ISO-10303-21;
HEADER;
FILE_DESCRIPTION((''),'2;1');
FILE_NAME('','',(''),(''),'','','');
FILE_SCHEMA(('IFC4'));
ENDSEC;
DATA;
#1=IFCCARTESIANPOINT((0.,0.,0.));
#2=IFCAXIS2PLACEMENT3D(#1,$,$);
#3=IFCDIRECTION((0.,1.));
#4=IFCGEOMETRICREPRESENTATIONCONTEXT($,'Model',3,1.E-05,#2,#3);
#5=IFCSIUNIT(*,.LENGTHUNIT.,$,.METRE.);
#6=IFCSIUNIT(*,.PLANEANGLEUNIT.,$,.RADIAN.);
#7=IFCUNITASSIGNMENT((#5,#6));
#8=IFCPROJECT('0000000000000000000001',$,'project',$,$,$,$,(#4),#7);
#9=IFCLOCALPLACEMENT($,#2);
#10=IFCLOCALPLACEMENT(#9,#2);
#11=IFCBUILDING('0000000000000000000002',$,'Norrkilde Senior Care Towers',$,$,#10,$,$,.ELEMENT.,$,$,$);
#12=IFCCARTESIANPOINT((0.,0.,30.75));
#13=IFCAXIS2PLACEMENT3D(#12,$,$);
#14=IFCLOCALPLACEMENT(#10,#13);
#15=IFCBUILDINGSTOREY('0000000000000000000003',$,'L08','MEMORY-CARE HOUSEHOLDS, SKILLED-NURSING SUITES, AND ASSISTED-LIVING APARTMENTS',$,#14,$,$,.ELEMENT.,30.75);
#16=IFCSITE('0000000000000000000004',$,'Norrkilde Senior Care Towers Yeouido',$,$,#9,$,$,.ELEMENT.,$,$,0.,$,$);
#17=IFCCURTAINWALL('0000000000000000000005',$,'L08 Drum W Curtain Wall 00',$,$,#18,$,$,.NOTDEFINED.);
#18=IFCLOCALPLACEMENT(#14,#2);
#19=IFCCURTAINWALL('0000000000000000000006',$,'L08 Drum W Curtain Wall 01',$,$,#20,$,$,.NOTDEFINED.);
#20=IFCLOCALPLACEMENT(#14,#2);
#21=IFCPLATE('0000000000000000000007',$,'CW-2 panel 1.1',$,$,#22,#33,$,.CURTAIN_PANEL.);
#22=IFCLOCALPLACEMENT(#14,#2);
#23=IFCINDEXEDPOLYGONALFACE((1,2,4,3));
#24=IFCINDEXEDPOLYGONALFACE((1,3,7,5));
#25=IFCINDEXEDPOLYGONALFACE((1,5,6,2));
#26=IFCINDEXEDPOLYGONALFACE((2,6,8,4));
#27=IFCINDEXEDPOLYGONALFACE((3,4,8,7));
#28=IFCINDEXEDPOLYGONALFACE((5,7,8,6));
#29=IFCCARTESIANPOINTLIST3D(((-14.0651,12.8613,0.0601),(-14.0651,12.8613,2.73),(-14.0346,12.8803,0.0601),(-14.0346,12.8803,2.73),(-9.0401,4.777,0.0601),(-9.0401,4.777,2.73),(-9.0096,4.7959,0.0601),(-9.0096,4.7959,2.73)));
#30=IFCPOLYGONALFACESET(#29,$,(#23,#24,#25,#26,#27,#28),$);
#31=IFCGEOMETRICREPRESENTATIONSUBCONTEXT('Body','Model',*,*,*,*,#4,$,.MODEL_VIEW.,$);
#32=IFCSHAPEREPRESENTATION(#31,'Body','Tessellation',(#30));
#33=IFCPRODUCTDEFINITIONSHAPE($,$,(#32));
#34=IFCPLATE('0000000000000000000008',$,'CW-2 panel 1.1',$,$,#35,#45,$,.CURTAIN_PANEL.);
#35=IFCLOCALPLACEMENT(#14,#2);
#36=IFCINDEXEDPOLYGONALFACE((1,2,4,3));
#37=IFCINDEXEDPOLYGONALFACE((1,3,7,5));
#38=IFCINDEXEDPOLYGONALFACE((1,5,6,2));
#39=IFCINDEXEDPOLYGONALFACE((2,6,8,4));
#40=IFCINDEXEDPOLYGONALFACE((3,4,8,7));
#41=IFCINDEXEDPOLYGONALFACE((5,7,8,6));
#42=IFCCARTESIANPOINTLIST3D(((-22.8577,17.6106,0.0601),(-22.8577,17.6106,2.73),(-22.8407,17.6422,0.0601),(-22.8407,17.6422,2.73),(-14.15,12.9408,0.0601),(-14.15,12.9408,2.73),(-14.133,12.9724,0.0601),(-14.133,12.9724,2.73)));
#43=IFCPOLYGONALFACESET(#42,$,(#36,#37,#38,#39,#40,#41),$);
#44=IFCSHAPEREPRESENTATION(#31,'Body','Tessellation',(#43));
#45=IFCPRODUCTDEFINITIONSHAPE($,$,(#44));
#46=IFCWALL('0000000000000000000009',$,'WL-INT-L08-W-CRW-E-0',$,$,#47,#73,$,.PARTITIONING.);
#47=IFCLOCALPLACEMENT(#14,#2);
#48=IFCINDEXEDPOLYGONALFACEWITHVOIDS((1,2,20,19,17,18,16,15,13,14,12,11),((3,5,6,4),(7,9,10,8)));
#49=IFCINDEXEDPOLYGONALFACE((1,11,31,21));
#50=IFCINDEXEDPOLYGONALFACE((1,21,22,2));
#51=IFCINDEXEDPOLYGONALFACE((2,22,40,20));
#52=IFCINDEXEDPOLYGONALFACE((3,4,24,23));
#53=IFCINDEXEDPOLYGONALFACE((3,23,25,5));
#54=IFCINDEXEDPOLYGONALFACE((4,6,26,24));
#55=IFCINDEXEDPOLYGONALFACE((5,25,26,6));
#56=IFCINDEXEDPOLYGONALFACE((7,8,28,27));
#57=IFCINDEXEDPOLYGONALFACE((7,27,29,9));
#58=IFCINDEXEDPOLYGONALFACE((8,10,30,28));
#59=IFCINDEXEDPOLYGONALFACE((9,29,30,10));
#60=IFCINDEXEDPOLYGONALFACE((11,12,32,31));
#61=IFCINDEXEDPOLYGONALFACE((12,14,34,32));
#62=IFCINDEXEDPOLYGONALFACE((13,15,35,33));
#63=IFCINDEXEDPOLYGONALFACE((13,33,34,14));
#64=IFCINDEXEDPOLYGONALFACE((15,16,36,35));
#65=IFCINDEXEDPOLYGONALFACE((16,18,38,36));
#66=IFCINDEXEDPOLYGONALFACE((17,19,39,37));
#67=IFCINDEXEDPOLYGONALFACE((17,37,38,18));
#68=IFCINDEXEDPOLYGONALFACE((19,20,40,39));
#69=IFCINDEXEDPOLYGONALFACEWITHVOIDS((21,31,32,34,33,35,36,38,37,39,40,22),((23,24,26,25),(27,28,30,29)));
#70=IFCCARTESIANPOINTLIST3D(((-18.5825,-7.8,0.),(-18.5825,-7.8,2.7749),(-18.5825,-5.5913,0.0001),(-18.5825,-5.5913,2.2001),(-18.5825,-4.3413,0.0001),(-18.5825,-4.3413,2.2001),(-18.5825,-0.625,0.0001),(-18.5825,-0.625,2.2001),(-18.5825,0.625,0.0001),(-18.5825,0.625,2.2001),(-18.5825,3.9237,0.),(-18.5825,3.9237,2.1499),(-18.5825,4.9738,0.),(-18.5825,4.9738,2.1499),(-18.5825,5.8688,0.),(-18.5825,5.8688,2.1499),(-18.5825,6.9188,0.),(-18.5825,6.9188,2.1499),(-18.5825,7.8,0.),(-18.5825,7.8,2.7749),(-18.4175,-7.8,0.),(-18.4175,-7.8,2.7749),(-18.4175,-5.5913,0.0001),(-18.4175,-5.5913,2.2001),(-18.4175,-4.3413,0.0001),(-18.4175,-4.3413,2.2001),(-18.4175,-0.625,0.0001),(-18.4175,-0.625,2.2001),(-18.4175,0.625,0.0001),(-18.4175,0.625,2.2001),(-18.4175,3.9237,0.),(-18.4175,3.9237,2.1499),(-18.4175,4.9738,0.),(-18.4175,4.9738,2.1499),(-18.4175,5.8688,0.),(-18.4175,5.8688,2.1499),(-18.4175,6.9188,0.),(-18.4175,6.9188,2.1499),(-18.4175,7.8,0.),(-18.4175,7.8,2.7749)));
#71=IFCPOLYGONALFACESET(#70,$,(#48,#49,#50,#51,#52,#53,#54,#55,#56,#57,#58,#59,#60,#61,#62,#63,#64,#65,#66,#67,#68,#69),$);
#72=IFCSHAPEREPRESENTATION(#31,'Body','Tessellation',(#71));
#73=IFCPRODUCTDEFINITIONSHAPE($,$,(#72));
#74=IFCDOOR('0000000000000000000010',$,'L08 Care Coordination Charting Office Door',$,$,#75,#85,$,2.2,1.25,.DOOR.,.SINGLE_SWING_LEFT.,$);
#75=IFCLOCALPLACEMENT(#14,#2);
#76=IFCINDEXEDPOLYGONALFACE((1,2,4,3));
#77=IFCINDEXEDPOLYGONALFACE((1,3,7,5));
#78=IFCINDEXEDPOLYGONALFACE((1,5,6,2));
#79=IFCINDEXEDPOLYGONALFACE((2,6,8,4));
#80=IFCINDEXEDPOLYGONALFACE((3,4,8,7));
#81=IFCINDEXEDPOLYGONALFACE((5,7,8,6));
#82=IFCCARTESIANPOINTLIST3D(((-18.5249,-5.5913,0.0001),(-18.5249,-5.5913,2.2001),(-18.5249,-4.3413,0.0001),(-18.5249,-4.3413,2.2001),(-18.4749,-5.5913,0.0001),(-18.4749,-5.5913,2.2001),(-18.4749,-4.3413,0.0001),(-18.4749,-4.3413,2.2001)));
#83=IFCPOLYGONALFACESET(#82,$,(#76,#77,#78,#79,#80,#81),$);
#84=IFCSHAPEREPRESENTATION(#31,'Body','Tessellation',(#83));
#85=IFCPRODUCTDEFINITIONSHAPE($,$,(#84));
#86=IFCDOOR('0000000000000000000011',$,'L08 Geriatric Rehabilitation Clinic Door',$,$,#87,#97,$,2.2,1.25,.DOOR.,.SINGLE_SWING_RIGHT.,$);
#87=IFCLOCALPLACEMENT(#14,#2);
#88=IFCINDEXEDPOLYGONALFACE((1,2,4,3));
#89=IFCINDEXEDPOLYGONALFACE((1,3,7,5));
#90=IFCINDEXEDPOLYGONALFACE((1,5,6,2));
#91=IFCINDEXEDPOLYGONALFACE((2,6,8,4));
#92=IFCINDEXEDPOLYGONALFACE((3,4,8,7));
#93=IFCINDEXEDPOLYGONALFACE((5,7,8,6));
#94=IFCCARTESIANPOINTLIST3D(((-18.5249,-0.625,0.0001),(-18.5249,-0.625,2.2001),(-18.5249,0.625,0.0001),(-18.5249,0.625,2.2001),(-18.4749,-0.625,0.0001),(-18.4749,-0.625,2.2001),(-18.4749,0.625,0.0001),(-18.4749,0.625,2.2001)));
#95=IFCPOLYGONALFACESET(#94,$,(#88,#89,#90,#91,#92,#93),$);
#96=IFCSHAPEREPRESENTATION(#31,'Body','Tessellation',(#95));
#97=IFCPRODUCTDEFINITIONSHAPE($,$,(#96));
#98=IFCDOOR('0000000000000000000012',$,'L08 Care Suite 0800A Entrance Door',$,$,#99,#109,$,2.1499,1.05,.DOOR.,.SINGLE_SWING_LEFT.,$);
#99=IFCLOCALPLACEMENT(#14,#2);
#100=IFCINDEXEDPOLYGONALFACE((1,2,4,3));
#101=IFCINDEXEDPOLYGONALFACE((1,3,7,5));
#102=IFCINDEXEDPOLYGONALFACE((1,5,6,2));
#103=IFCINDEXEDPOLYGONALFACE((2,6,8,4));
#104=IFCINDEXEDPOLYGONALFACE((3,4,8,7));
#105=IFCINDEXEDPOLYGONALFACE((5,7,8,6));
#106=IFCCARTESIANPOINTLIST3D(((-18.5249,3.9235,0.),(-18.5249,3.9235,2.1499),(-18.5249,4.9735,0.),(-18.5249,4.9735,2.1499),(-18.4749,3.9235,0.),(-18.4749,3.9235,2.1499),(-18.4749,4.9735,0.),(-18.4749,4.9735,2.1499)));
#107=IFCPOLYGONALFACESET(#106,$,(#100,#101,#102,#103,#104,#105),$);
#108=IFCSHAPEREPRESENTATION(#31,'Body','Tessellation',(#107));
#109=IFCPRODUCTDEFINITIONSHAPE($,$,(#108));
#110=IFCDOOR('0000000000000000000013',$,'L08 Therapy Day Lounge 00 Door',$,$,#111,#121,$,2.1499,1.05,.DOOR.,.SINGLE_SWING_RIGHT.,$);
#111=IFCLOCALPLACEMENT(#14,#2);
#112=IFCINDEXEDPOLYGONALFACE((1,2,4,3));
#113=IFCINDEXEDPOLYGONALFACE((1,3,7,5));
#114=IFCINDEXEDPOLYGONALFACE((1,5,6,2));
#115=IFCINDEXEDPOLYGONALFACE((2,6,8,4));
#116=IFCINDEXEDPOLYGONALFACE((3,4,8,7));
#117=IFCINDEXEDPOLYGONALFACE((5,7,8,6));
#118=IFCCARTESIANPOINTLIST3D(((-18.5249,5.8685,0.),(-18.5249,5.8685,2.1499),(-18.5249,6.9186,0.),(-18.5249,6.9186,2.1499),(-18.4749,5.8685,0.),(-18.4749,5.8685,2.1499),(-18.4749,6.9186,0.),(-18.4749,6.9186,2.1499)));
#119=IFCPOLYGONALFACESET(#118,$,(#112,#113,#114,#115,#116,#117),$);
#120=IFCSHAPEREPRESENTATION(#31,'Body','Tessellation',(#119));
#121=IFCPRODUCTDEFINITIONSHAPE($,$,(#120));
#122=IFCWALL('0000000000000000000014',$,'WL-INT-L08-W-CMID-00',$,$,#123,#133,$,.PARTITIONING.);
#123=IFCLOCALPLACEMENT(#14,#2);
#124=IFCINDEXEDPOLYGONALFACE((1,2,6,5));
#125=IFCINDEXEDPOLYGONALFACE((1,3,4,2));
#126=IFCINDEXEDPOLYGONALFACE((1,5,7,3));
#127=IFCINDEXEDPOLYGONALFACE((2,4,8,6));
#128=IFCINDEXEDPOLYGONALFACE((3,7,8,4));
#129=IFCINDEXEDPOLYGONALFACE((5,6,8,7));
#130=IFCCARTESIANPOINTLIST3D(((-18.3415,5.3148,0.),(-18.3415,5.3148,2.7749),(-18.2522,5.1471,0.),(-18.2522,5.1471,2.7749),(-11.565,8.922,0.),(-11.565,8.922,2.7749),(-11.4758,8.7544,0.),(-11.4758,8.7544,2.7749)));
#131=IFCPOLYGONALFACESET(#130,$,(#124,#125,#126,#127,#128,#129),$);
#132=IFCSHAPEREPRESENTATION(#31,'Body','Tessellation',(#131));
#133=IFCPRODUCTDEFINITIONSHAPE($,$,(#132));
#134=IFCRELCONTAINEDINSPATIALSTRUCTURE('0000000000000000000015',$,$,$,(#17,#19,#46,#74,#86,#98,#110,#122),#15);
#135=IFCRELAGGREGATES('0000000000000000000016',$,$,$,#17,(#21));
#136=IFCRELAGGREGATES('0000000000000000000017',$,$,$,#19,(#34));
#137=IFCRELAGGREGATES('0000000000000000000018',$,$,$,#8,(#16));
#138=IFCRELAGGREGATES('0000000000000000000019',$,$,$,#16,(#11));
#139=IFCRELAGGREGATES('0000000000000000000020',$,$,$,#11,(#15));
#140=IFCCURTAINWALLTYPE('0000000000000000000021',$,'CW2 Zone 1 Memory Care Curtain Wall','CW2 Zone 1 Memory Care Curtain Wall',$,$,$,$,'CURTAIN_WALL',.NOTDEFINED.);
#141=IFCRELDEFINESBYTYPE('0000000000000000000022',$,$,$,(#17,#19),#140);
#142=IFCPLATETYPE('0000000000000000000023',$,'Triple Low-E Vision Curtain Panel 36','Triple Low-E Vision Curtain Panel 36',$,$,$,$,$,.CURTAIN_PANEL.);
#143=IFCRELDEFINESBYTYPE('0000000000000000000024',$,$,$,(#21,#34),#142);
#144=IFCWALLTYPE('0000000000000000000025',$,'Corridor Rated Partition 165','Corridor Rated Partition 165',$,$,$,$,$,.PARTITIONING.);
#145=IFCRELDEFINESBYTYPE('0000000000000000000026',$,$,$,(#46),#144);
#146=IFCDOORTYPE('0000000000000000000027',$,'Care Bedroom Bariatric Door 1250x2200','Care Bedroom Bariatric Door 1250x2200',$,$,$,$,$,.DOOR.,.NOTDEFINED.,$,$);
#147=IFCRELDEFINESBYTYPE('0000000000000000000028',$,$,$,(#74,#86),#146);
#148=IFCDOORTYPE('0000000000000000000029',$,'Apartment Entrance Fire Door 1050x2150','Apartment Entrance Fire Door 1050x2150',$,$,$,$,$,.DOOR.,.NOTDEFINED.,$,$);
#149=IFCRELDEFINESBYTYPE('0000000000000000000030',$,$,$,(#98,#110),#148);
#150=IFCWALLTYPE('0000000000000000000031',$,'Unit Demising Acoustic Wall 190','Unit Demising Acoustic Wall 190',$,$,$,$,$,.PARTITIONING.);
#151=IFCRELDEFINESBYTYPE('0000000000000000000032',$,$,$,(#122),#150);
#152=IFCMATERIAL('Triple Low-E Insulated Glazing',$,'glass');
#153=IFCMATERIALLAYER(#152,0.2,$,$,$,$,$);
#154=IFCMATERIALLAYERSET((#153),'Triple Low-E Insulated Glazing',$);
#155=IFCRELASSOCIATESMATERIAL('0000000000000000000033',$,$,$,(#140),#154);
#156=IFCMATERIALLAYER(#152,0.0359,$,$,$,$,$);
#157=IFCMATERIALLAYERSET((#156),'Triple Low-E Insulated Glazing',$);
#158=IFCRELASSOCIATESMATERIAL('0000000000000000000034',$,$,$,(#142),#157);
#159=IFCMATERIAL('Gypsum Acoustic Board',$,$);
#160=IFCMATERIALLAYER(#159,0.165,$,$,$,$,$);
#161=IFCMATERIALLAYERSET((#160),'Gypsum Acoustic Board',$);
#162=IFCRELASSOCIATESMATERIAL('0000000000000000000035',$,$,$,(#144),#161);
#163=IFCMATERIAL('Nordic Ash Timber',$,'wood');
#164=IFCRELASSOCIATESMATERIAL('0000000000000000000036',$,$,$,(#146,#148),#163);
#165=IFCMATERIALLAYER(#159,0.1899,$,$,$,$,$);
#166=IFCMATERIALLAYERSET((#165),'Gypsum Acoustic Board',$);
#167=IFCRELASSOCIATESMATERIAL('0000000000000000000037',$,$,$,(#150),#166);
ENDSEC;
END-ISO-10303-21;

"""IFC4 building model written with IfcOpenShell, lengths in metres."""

from ifc_helpers import new_model, si_unit, direction, frame, frame_2d, origin, origin_2d, place, context, subcontext, project, spatial, rectangle, extrude, source, transform, mapped, material, layer, layer_set, type_object, type_shapes, element, fill, aggregate, save


model = new_model("IFC4")

# Units and contexts
model_context = context("Model", 3, precision=1e-05, world=origin(), true_north=direction((0.0, 1.0)))
body_context = subcontext(model_context, "Body", "Model", "MODEL_VIEW")
ifc_project = project(units=[si_unit("LENGTHUNIT", "METRE"), si_unit("PLANEANGLEUNIT", "RADIAN")], contexts=[model_context])

# Site, building, storey
site_placement = place(None, origin())
site = spatial("IfcSite", under=ifc_project, at=site_placement, Name="Norrkilde Senior Care Towers Yeouido", CompositionType="ELEMENT", RefElevation=0.0)
building_placement = place(site_placement, origin())
building = spatial("IfcBuilding", under=site, at=building_placement, Name="Norrkilde Senior Care Towers", CompositionType="ELEMENT")
storey_placement = place(building_placement, frame((0.0, 0.0, 30.75)))
storey = spatial("IfcBuildingStorey", under=building, at=storey_placement, Name="L08", Description="MEMORY-CARE HOUSEHOLDS, SKILLED-NURSING SUITES, AND ASSISTED-LIVING APARTMENTS", CompositionType="ELEMENT", Elevation=30.75)

# Curtain wall
ifc_material_1 = material(Name="Triple Low-E Insulated Glazing", Category="glass")
ifc_layer_1 = layer(ifc_material_1, 0.2)
ifc_layer_set_1 = layer_set([ifc_layer_1], Name="Triple Low-E Insulated Glazing")
curtain_wall_type = type_object("IfcCurtainWallType", Name="CW2 Zone 1 Memory Care Curtain Wall", Description="CW2 Zone 1 Memory Care Curtain Wall", ElementType="CURTAIN_WALL", PredefinedType="NOTDEFINED", material=ifc_layer_set_1)
curtain_wall_1_placement = place(storey_placement, origin())
curtain_wall_1 = element("IfcCurtainWall", 1, at=curtain_wall_1_placement, inside=storey, type_object=curtain_wall_type, Name="L08 Drum W Curtain Wall 00", PredefinedType="NOTDEFINED")

# Curtain wall
curtain_wall_2_placement = place(storey_placement, origin())
curtain_wall_2 = element("IfcCurtainWall", 2, at=curtain_wall_2_placement, inside=storey, type_object=curtain_wall_type, Name="L08 Drum W Curtain Wall 01", PredefinedType="NOTDEFINED")

# Plates
ifc_layer_2 = layer(ifc_material_1, 0.0359)
ifc_layer_set_2 = layer_set([ifc_layer_2], Name="Triple Low-E Insulated Glazing")
plate_type = type_object("IfcPlateType", Name="Triple Low-E Vision Curtain Panel 36", Description="Triple Low-E Vision Curtain Panel 36", PredefinedType="CURTAIN_PANEL", material=ifc_layer_set_2)
shared_shape_1 = source(origin(), body_context, "Body", "SweptSolid", [
    extrude(rectangle(XDim=9.5188, YDim=0.0359, at=origin_2d()), origin(), (0.0, 0.0, 1.0), 2.6699),
])
plate_1_placement = place(storey_placement, frame((-11.5374, 8.8286, 0.0601), z_axis=(0.0, 0.0, 1.0), x_axis=(0.527901, -0.849306, 0.0)))
plate_1 = element("IfcPlate", 3, at=plate_1_placement, type_object=plate_type, Name="CW-2 panel 1.1", PredefinedType="CURTAIN_PANEL", context=body_context, shape_type="MappedRepresentation", body=[
    mapped(shared_shape_1, transform((0.0, 0.0, 0.0), x_axis=(1.0, 0.0, 0.0), y_axis=(0.0, 1.0, 0.0), z_axis=(0.0, 0.0, 1.0), scale=1.0)),
])
aggregate(curtain_wall_1, [plate_1])
shared_shape_2 = source(origin(), body_context, "Body", "SweptSolid", [
    extrude(rectangle(XDim=9.8809, YDim=0.0359, at=origin_2d()), origin(), (0.0, 0.0, 1.0), 2.6699),
])
type_shapes(plate_type, [shared_shape_1, shared_shape_2])
plate_2_placement = place(storey_placement, frame((-18.4954, 15.2915, 0.0601), z_axis=(0.0, 0.0, 1.0), x_axis=(0.881273, -0.472608, 0.0)))
plate_2 = element("IfcPlate", 4, at=plate_2_placement, type_object=plate_type, Name="CW-2 panel 1.1", PredefinedType="CURTAIN_PANEL", context=body_context, shape_type="MappedRepresentation", body=[
    mapped(shared_shape_2, transform((0.0, 0.0, 0.0), x_axis=(1.0, 0.0, 0.0), y_axis=(0.0, 1.0, 0.0), z_axis=(0.0, 0.0, 1.0), scale=1.0)),
])
aggregate(curtain_wall_2, [plate_2])

# Wall, openings, doors
ifc_material_2 = material(Name="Gypsum Acoustic Board")
ifc_layer_3 = layer(ifc_material_2, 0.165)
ifc_layer_set_3 = layer_set([ifc_layer_3], Name="Gypsum Acoustic Board")
wall_type_1 = type_object("IfcWallType", Name="Corridor Rated Partition 165", Description="Corridor Rated Partition 165", PredefinedType="PARTITIONING", material=ifc_layer_set_3)
shared_shape_3 = source(origin(), body_context, "Body", "SweptSolid", [
    extrude(rectangle(XDim=15.6001, YDim=0.165, at=frame_2d((7.8, 0.0))), origin(), (0.0, 0.0, 1.0), 2.7749),
])
type_shapes(wall_type_1, [shared_shape_3])
wall_1_placement = place(storey_placement, frame((-18.5, 7.8, 0.0), z_axis=(0.0, 0.0, 1.0), x_axis=(0.0, -1.0, 0.0)))
wall_1 = element("IfcWall", 5, at=wall_1_placement, inside=storey, type_object=wall_type_1, Name="WL-INT-L08-W-CRW-E-0", PredefinedType="PARTITIONING", context=body_context, shape_type="MappedRepresentation", body=[
    mapped(shared_shape_3, transform((0.0, 0.0, 0.0), x_axis=(1.0, 0.0, 0.0), y_axis=(0.0, 1.0, 0.0), z_axis=(0.0, 0.0, 1.0), scale=1.0)),
])
opening_1_placement = place(wall_1_placement, frame((12.1414, 0.0, 0.0)))
opening_1 = element("IfcOpeningElement", 6, at=opening_1_placement, cuts=wall_1, PredefinedType="OPENING", context=body_context, shape_type="SweptSolid", body=[
    extrude(rectangle(XDim=1.25, YDim=2.2, at=frame_2d((0.625, 1.1001))), frame((0.0, 0.0925, 0.0), z_axis=(0.0, -1.0, 0.0), x_axis=(1.0, 0.0, 0.0)), (0.0, 0.0, 1.0), 0.1851),
])
opening_2_placement = place(wall_1_placement, frame((7.175, 0.0, 0.0)))
opening_2 = element("IfcOpeningElement", 7, at=opening_2_placement, cuts=wall_1, PredefinedType="OPENING", context=body_context, shape_type="SweptSolid", body=[
    extrude(rectangle(XDim=1.25, YDim=2.2, at=frame_2d((0.625, 1.1001))), frame((0.0, 0.0925, 0.0), z_axis=(0.0, -1.0, 0.0), x_axis=(1.0, 0.0, 0.0)), (0.0, 0.0, 1.0), 0.1851),
])
opening_3_placement = place(wall_1_placement, frame((2.8264, 0.0, 0.0)))
opening_3 = element("IfcOpeningElement", 8, at=opening_3_placement, cuts=wall_1, PredefinedType="OPENING", context=body_context, shape_type="SweptSolid", body=[
    extrude(rectangle(XDim=1.05, YDim=2.1499, at=frame_2d((0.5249, 1.075))), frame((0.0, 0.0925, 0.0), z_axis=(0.0, -1.0, 0.0), x_axis=(1.0, 0.0, 0.0)), (0.0, 0.0, 1.0), 0.1851),
])
opening_4_placement = place(wall_1_placement, frame((0.8813, 0.0, 0.0)))
opening_4 = element("IfcOpeningElement", 9, at=opening_4_placement, cuts=wall_1, PredefinedType="OPENING", context=body_context, shape_type="SweptSolid", body=[
    extrude(rectangle(XDim=1.05, YDim=2.1499, at=frame_2d((0.5249, 1.075))), frame((0.0, 0.0925, 0.0), z_axis=(0.0, -1.0, 0.0), x_axis=(1.0, 0.0, 0.0)), (0.0, 0.0, 1.0), 0.1851),
])
ifc_material_3 = material(Name="Nordic Ash Timber", Category="wood")
door_type_1 = type_object("IfcDoorType", Name="Care Bedroom Bariatric Door 1250x2200", Description="Care Bedroom Bariatric Door 1250x2200", OperationType="NOTDEFINED", PredefinedType="DOOR", material=ifc_material_3)
shared_shape_4 = source(origin(), body_context, "Body", "SweptSolid", [
    extrude(rectangle(XDim=1.25, YDim=2.2, at=frame_2d((0.625, 1.1001))), frame((0.0, 0.0249, 0.0), z_axis=(0.0, -1.0, 0.0), x_axis=(1.0, 0.0, 0.0)), (0.0, 0.0, 1.0), 0.05),
])
type_shapes(door_type_1, [shared_shape_4])
door_1_placement = place(opening_1_placement, frame((1.25, 0.0, 0.0), z_axis=(0.0, 0.0, 1.0), x_axis=(-1.0, 0.0, 0.0)))
door_1 = element("IfcDoor", 10, at=door_1_placement, inside=storey, type_object=door_type_1, Name="L08 Care Coordination Charting Office Door", OperationType="SINGLE_SWING_LEFT", OverallHeight=2.2, OverallWidth=1.25, PredefinedType="DOOR", context=body_context, shape_type="MappedRepresentation", body=[
    mapped(shared_shape_4, transform((0.0, 0.0, 0.0), x_axis=(1.0, 0.0, 0.0), y_axis=(0.0, 1.0, 0.0), z_axis=(0.0, 0.0, 1.0), scale=1.0)),
])
fill(opening_1, door_1)
door_2_placement = place(opening_2_placement, frame((1.25, 0.0, 0.0), z_axis=(0.0, 0.0, 1.0), x_axis=(-1.0, 0.0, 0.0)))
door_2 = element("IfcDoor", 11, at=door_2_placement, inside=storey, type_object=door_type_1, Name="L08 Geriatric Rehabilitation Clinic Door", OperationType="SINGLE_SWING_RIGHT", OverallHeight=2.2, OverallWidth=1.25, PredefinedType="DOOR", context=body_context, shape_type="MappedRepresentation", body=[
    mapped(shared_shape_4, transform((0.0, 0.0, 0.0), x_axis=(1.0, 0.0, 0.0), y_axis=(0.0, 1.0, 0.0), z_axis=(0.0, 0.0, 1.0), scale=1.0)),
])
fill(opening_2, door_2)
door_type_2 = type_object("IfcDoorType", Name="Apartment Entrance Fire Door 1050x2150", Description="Apartment Entrance Fire Door 1050x2150", OperationType="NOTDEFINED", PredefinedType="DOOR", material=ifc_material_3)
shared_shape_5 = source(origin(), body_context, "Body", "SweptSolid", [
    extrude(rectangle(XDim=1.05, YDim=2.1499, at=frame_2d((0.5249, 1.075))), frame((0.0, 0.0249, 0.0), z_axis=(0.0, -1.0, 0.0), x_axis=(1.0, 0.0, 0.0)), (0.0, 0.0, 1.0), 0.05),
])
type_shapes(door_type_2, [shared_shape_5])
door_3_placement = place(opening_3_placement, frame((1.05, 0.0, 0.0), z_axis=(0.0, 0.0, 1.0), x_axis=(-1.0, 0.0, 0.0)))
door_3 = element("IfcDoor", 12, at=door_3_placement, inside=storey, type_object=door_type_2, Name="L08 Care Suite 0800A Entrance Door", OperationType="SINGLE_SWING_LEFT", OverallHeight=2.1499, OverallWidth=1.05, PredefinedType="DOOR", context=body_context, shape_type="MappedRepresentation", body=[
    mapped(shared_shape_5, transform((0.0, 0.0, 0.0), x_axis=(1.0, 0.0, 0.0), y_axis=(0.0, 1.0, 0.0), z_axis=(0.0, 0.0, 1.0), scale=1.0)),
])
fill(opening_3, door_3)
door_4_placement = place(opening_4_placement, frame((1.05, 0.0, 0.0), z_axis=(0.0, 0.0, 1.0), x_axis=(-1.0, 0.0, 0.0)))
door_4 = element("IfcDoor", 13, at=door_4_placement, inside=storey, type_object=door_type_2, Name="L08 Therapy Day Lounge 00 Door", OperationType="SINGLE_SWING_RIGHT", OverallHeight=2.1499, OverallWidth=1.05, PredefinedType="DOOR", context=body_context, shape_type="MappedRepresentation", body=[
    mapped(shared_shape_5, transform((0.0, 0.0, 0.0), x_axis=(1.0, 0.0, 0.0), y_axis=(0.0, 1.0, 0.0), z_axis=(0.0, 0.0, 1.0), scale=1.0)),
])
fill(opening_4, door_4)

# Wall
ifc_layer_4 = layer(ifc_material_2, 0.1899)
ifc_layer_set_4 = layer_set([ifc_layer_4], Name="Gypsum Acoustic Board")
wall_type_2 = type_object("IfcWallType", Name="Unit Demising Acoustic Wall 190", Description="Unit Demising Acoustic Wall 190", PredefinedType="PARTITIONING", material=ifc_layer_set_4)
shared_shape_6 = source(origin(), body_context, "Body", "SweptSolid", [
    extrude(rectangle(XDim=7.6768, YDim=0.1899, at=frame_2d((3.8384, 0.0))), origin(), (0.0, 0.0, 1.0), 2.7749),
])
wall_2_placement = place(storey_placement, frame((-18.2969, 5.231, 0.0), z_axis=(0.0, 0.0, 1.0), x_axis=(0.882725, 0.46989, 0.0)))
element("IfcWall", 14, at=wall_2_placement, inside=storey, type_object=wall_type_2, Name="WL-INT-L08-W-CMID-00", PredefinedType="PARTITIONING", context=body_context, shape_type="MappedRepresentation", body=[
    mapped(shared_shape_6, transform((0.0, 0.0, 0.0), x_axis=(1.0, 0.0, 0.0), y_axis=(0.0, 1.0, 0.0), z_axis=(0.0, 0.0, 1.0), scale=1.0)),
])

save(model, "model.ifc")
